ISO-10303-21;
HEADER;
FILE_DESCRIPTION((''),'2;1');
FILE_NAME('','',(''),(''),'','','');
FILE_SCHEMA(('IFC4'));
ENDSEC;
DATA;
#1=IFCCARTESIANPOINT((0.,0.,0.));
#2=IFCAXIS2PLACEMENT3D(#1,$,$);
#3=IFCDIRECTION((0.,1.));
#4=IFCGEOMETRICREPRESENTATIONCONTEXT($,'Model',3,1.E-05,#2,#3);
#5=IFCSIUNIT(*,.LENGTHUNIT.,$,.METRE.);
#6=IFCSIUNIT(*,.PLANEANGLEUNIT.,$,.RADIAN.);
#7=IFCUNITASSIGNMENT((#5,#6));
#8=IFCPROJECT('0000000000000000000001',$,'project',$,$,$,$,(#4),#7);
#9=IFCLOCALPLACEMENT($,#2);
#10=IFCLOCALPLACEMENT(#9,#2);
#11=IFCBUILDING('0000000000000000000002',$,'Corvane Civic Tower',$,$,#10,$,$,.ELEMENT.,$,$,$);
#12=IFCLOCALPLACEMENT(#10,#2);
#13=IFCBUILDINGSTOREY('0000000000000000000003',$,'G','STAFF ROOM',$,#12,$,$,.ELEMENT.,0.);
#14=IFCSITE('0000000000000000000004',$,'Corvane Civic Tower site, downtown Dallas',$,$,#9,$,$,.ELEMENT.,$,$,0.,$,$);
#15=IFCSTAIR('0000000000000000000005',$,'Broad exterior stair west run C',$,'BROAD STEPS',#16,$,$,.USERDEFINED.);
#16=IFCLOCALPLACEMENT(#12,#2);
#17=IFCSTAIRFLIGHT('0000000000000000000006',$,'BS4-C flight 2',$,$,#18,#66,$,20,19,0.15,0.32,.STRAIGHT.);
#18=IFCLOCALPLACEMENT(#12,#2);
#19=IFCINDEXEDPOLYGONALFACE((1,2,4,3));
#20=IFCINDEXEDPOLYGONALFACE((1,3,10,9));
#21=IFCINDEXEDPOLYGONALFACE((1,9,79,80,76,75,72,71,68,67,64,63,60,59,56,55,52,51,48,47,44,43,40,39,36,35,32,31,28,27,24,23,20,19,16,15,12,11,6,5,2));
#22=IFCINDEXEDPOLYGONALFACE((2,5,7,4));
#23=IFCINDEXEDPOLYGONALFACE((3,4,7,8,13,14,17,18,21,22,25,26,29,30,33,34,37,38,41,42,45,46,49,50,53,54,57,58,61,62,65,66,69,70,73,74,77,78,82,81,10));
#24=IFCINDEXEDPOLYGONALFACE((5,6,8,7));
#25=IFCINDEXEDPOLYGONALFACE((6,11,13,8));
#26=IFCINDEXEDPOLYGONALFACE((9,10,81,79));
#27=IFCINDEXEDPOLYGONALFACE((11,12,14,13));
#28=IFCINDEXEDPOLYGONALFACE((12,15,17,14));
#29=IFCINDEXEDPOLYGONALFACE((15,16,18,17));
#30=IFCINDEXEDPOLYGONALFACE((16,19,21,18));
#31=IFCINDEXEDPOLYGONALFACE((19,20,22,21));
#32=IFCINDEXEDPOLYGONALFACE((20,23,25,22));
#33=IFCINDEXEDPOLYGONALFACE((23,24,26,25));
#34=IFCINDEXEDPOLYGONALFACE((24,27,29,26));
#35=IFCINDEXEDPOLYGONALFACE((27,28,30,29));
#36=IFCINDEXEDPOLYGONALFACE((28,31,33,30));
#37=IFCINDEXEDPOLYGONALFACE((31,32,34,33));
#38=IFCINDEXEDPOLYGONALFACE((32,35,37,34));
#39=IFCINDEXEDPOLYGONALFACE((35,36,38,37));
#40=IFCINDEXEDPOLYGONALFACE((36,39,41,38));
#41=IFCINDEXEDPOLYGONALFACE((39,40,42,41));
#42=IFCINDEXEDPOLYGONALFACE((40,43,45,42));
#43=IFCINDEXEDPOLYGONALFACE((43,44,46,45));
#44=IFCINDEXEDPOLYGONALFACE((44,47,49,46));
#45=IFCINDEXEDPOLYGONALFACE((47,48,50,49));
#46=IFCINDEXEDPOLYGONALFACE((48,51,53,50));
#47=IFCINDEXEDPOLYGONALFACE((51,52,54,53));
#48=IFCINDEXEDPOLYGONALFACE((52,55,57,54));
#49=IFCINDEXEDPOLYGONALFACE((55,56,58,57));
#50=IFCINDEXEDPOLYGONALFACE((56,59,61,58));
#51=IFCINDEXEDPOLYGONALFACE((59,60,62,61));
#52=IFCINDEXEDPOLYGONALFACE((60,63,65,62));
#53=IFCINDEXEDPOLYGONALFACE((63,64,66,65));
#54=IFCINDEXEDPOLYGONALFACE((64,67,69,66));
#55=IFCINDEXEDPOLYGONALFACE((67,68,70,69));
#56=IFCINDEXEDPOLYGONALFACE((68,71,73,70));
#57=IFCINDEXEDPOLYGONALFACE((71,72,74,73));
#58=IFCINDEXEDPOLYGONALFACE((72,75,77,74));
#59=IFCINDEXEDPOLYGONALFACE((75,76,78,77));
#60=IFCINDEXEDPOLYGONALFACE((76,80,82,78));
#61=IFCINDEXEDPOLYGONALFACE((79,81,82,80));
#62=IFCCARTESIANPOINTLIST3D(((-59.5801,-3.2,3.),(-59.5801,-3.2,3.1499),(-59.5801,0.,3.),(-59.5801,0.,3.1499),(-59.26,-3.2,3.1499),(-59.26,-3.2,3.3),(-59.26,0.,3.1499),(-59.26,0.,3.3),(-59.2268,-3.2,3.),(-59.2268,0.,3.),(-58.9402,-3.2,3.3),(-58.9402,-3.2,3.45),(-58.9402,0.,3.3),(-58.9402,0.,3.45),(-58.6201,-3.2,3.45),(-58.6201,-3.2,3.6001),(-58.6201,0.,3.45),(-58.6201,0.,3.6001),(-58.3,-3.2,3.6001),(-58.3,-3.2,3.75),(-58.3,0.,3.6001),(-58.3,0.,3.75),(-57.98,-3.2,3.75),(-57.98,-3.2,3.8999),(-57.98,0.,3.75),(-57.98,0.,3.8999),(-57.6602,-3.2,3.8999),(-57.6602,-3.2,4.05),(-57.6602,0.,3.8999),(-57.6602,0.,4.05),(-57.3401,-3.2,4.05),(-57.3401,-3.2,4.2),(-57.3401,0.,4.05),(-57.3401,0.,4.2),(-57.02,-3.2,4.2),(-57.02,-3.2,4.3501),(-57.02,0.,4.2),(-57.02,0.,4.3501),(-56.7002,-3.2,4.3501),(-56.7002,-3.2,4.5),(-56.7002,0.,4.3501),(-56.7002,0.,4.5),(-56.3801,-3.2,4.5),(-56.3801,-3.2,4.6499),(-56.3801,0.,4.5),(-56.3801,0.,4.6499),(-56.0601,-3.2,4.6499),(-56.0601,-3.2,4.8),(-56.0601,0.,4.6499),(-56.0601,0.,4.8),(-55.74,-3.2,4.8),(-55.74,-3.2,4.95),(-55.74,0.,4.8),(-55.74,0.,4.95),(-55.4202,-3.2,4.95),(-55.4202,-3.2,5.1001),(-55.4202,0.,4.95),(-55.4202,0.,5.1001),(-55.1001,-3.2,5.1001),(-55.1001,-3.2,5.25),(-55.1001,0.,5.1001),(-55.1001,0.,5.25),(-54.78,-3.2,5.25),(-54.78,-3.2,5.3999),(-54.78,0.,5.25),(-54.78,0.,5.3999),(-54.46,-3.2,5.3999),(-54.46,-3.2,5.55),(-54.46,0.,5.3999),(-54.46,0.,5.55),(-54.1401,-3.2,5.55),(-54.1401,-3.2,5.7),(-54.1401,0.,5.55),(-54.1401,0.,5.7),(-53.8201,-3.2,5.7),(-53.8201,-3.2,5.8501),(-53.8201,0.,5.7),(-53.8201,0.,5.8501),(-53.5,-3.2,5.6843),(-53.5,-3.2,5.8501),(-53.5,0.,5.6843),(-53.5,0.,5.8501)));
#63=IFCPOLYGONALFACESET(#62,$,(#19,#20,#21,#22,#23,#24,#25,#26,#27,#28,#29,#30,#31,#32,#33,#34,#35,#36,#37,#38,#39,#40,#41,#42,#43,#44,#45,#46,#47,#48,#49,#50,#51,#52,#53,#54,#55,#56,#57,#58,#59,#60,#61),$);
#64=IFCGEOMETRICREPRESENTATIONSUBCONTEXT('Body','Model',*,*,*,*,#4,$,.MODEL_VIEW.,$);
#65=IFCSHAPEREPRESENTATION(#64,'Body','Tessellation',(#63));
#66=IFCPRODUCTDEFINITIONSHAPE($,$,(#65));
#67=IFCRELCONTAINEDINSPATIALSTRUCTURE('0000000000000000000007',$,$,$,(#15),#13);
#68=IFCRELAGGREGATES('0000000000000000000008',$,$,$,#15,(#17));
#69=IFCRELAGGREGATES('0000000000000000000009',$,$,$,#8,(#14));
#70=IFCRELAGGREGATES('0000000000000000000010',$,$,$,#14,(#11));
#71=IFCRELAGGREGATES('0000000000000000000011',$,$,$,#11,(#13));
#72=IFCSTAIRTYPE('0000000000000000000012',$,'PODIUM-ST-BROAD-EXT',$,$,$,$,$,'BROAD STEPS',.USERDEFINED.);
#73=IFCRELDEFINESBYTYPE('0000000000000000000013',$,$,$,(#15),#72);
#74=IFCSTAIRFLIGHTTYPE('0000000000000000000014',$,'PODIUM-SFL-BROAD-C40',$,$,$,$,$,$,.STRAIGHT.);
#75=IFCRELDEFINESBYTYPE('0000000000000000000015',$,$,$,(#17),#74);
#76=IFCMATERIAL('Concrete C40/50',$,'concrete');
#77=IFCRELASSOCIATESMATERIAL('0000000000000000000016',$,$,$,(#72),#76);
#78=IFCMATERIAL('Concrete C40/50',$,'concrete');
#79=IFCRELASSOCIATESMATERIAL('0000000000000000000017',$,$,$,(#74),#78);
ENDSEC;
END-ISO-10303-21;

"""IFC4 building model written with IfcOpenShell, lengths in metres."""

from ifc_helpers import new_model, si_unit, direction, frame, origin, place, context, subcontext, project, spatial, polyline, outline, extrude, material, type_object, element, aggregate, save


model = new_model("IFC4")

# Units and contexts
model_context = context("Model", 3, precision=1e-05, world=origin(), true_north=direction((0.0, 1.0)))
body_context = subcontext(model_context, "Body", "Model", "MODEL_VIEW")
ifc_project = project(units=[si_unit("LENGTHUNIT", "METRE"), si_unit("PLANEANGLEUNIT", "RADIAN")], contexts=[model_context])

# Site, building, storey
site_placement = place(None, origin())
site = spatial("IfcSite", under=ifc_project, at=site_placement, Name="Corvane Civic Tower site, downtown Dallas", CompositionType="ELEMENT", RefElevation=0.0)
building_placement = place(site_placement, origin())
building = spatial("IfcBuilding", under=site, at=building_placement, Name="Corvane Civic Tower", CompositionType="ELEMENT")
storey_placement = place(building_placement, origin())
storey = spatial("IfcBuildingStorey", under=building, at=storey_placement, Name="G", Description="STAFF ROOM", CompositionType="ELEMENT", Elevation=0.0)

# Stair, stair flight
ifc_material_1 = material(Name="Concrete C40/50", Category="concrete")
stair_type = type_object("IfcStairType", Name="PODIUM-ST-BROAD-EXT", ElementType="BROAD STEPS", PredefinedType="USERDEFINED", material=ifc_material_1)
stair_placement = place(storey_placement, origin())
stair = element("IfcStair", 1, at=stair_placement, inside=storey, type_object=stair_type, Name="Broad exterior stair west run C", ObjectType="BROAD STEPS", PredefinedType="USERDEFINED")
ifc_material_2 = material(Name="Concrete C40/50", Category="concrete")
stair_flight_type = type_object("IfcStairFlightType", Name="PODIUM-SFL-BROAD-C40", PredefinedType="STRAIGHT", material=ifc_material_2)
stair_flight_placement = place(storey_placement, frame((-59.5801, -1.6001, 3.0), z_axis=(0.0, 0.0, 1.0), x_axis=(1.0, 0.0, 0.0)))
stair_flight = element("IfcStairFlight", 2, at=stair_flight_placement, type_object=stair_flight_type, Name="BS4-C flight 2", NumberOfRisers=20, NumberOfTreads=19, PredefinedType="STRAIGHT", RiserHeight=0.15, TreadLength=0.32, context=body_context, shape_type="SweptSolid", body=[
    extrude(outline(polyline([(0.0, 0.0), (0.0, 0.1499), (0.3201, 0.1499), (0.3201, 0.3), (0.6399, 0.3), (0.6399, 0.45), (0.96, 0.45), (0.96, 0.6001), (1.28, 0.6001), (1.28, 0.75), (1.6001, 0.75), (1.6001, 0.8999), (1.9199, 0.8999), (1.9199, 1.05), (2.24, 1.05), (2.24, 1.2), (2.5601, 1.2), (2.5601, 1.3501), (2.8799, 1.3501), (2.8799, 1.5), (3.2, 1.5), (3.2, 1.6499), (3.52, 1.6499), (3.52, 1.8), (3.8401, 1.8), (3.8401, 1.95), (4.1599, 1.95), (4.1599, 2.1001), (4.48, 2.1001), (4.48, 2.25), (4.8, 2.25), (4.8, 2.3999), (5.1201, 2.3999), (5.1201, 2.55), (5.4399, 2.55), (5.4399, 2.7), (5.76, 2.7), (5.76, 2.8501), (6.0801, 2.8501), (6.0801, 3.0), (6.0801, 2.6843), (0.3533, 0.0), (0.0, 0.0)])), frame((0.0, 1.6001, 0.0), z_axis=(0.0, -1.0, 0.0), x_axis=(1.0, 0.0, 0.0)), (0.0, 0.0, 1.0), 3.2),
])
aggregate(stair, [stair_flight])

save(model, "model.ifc")
